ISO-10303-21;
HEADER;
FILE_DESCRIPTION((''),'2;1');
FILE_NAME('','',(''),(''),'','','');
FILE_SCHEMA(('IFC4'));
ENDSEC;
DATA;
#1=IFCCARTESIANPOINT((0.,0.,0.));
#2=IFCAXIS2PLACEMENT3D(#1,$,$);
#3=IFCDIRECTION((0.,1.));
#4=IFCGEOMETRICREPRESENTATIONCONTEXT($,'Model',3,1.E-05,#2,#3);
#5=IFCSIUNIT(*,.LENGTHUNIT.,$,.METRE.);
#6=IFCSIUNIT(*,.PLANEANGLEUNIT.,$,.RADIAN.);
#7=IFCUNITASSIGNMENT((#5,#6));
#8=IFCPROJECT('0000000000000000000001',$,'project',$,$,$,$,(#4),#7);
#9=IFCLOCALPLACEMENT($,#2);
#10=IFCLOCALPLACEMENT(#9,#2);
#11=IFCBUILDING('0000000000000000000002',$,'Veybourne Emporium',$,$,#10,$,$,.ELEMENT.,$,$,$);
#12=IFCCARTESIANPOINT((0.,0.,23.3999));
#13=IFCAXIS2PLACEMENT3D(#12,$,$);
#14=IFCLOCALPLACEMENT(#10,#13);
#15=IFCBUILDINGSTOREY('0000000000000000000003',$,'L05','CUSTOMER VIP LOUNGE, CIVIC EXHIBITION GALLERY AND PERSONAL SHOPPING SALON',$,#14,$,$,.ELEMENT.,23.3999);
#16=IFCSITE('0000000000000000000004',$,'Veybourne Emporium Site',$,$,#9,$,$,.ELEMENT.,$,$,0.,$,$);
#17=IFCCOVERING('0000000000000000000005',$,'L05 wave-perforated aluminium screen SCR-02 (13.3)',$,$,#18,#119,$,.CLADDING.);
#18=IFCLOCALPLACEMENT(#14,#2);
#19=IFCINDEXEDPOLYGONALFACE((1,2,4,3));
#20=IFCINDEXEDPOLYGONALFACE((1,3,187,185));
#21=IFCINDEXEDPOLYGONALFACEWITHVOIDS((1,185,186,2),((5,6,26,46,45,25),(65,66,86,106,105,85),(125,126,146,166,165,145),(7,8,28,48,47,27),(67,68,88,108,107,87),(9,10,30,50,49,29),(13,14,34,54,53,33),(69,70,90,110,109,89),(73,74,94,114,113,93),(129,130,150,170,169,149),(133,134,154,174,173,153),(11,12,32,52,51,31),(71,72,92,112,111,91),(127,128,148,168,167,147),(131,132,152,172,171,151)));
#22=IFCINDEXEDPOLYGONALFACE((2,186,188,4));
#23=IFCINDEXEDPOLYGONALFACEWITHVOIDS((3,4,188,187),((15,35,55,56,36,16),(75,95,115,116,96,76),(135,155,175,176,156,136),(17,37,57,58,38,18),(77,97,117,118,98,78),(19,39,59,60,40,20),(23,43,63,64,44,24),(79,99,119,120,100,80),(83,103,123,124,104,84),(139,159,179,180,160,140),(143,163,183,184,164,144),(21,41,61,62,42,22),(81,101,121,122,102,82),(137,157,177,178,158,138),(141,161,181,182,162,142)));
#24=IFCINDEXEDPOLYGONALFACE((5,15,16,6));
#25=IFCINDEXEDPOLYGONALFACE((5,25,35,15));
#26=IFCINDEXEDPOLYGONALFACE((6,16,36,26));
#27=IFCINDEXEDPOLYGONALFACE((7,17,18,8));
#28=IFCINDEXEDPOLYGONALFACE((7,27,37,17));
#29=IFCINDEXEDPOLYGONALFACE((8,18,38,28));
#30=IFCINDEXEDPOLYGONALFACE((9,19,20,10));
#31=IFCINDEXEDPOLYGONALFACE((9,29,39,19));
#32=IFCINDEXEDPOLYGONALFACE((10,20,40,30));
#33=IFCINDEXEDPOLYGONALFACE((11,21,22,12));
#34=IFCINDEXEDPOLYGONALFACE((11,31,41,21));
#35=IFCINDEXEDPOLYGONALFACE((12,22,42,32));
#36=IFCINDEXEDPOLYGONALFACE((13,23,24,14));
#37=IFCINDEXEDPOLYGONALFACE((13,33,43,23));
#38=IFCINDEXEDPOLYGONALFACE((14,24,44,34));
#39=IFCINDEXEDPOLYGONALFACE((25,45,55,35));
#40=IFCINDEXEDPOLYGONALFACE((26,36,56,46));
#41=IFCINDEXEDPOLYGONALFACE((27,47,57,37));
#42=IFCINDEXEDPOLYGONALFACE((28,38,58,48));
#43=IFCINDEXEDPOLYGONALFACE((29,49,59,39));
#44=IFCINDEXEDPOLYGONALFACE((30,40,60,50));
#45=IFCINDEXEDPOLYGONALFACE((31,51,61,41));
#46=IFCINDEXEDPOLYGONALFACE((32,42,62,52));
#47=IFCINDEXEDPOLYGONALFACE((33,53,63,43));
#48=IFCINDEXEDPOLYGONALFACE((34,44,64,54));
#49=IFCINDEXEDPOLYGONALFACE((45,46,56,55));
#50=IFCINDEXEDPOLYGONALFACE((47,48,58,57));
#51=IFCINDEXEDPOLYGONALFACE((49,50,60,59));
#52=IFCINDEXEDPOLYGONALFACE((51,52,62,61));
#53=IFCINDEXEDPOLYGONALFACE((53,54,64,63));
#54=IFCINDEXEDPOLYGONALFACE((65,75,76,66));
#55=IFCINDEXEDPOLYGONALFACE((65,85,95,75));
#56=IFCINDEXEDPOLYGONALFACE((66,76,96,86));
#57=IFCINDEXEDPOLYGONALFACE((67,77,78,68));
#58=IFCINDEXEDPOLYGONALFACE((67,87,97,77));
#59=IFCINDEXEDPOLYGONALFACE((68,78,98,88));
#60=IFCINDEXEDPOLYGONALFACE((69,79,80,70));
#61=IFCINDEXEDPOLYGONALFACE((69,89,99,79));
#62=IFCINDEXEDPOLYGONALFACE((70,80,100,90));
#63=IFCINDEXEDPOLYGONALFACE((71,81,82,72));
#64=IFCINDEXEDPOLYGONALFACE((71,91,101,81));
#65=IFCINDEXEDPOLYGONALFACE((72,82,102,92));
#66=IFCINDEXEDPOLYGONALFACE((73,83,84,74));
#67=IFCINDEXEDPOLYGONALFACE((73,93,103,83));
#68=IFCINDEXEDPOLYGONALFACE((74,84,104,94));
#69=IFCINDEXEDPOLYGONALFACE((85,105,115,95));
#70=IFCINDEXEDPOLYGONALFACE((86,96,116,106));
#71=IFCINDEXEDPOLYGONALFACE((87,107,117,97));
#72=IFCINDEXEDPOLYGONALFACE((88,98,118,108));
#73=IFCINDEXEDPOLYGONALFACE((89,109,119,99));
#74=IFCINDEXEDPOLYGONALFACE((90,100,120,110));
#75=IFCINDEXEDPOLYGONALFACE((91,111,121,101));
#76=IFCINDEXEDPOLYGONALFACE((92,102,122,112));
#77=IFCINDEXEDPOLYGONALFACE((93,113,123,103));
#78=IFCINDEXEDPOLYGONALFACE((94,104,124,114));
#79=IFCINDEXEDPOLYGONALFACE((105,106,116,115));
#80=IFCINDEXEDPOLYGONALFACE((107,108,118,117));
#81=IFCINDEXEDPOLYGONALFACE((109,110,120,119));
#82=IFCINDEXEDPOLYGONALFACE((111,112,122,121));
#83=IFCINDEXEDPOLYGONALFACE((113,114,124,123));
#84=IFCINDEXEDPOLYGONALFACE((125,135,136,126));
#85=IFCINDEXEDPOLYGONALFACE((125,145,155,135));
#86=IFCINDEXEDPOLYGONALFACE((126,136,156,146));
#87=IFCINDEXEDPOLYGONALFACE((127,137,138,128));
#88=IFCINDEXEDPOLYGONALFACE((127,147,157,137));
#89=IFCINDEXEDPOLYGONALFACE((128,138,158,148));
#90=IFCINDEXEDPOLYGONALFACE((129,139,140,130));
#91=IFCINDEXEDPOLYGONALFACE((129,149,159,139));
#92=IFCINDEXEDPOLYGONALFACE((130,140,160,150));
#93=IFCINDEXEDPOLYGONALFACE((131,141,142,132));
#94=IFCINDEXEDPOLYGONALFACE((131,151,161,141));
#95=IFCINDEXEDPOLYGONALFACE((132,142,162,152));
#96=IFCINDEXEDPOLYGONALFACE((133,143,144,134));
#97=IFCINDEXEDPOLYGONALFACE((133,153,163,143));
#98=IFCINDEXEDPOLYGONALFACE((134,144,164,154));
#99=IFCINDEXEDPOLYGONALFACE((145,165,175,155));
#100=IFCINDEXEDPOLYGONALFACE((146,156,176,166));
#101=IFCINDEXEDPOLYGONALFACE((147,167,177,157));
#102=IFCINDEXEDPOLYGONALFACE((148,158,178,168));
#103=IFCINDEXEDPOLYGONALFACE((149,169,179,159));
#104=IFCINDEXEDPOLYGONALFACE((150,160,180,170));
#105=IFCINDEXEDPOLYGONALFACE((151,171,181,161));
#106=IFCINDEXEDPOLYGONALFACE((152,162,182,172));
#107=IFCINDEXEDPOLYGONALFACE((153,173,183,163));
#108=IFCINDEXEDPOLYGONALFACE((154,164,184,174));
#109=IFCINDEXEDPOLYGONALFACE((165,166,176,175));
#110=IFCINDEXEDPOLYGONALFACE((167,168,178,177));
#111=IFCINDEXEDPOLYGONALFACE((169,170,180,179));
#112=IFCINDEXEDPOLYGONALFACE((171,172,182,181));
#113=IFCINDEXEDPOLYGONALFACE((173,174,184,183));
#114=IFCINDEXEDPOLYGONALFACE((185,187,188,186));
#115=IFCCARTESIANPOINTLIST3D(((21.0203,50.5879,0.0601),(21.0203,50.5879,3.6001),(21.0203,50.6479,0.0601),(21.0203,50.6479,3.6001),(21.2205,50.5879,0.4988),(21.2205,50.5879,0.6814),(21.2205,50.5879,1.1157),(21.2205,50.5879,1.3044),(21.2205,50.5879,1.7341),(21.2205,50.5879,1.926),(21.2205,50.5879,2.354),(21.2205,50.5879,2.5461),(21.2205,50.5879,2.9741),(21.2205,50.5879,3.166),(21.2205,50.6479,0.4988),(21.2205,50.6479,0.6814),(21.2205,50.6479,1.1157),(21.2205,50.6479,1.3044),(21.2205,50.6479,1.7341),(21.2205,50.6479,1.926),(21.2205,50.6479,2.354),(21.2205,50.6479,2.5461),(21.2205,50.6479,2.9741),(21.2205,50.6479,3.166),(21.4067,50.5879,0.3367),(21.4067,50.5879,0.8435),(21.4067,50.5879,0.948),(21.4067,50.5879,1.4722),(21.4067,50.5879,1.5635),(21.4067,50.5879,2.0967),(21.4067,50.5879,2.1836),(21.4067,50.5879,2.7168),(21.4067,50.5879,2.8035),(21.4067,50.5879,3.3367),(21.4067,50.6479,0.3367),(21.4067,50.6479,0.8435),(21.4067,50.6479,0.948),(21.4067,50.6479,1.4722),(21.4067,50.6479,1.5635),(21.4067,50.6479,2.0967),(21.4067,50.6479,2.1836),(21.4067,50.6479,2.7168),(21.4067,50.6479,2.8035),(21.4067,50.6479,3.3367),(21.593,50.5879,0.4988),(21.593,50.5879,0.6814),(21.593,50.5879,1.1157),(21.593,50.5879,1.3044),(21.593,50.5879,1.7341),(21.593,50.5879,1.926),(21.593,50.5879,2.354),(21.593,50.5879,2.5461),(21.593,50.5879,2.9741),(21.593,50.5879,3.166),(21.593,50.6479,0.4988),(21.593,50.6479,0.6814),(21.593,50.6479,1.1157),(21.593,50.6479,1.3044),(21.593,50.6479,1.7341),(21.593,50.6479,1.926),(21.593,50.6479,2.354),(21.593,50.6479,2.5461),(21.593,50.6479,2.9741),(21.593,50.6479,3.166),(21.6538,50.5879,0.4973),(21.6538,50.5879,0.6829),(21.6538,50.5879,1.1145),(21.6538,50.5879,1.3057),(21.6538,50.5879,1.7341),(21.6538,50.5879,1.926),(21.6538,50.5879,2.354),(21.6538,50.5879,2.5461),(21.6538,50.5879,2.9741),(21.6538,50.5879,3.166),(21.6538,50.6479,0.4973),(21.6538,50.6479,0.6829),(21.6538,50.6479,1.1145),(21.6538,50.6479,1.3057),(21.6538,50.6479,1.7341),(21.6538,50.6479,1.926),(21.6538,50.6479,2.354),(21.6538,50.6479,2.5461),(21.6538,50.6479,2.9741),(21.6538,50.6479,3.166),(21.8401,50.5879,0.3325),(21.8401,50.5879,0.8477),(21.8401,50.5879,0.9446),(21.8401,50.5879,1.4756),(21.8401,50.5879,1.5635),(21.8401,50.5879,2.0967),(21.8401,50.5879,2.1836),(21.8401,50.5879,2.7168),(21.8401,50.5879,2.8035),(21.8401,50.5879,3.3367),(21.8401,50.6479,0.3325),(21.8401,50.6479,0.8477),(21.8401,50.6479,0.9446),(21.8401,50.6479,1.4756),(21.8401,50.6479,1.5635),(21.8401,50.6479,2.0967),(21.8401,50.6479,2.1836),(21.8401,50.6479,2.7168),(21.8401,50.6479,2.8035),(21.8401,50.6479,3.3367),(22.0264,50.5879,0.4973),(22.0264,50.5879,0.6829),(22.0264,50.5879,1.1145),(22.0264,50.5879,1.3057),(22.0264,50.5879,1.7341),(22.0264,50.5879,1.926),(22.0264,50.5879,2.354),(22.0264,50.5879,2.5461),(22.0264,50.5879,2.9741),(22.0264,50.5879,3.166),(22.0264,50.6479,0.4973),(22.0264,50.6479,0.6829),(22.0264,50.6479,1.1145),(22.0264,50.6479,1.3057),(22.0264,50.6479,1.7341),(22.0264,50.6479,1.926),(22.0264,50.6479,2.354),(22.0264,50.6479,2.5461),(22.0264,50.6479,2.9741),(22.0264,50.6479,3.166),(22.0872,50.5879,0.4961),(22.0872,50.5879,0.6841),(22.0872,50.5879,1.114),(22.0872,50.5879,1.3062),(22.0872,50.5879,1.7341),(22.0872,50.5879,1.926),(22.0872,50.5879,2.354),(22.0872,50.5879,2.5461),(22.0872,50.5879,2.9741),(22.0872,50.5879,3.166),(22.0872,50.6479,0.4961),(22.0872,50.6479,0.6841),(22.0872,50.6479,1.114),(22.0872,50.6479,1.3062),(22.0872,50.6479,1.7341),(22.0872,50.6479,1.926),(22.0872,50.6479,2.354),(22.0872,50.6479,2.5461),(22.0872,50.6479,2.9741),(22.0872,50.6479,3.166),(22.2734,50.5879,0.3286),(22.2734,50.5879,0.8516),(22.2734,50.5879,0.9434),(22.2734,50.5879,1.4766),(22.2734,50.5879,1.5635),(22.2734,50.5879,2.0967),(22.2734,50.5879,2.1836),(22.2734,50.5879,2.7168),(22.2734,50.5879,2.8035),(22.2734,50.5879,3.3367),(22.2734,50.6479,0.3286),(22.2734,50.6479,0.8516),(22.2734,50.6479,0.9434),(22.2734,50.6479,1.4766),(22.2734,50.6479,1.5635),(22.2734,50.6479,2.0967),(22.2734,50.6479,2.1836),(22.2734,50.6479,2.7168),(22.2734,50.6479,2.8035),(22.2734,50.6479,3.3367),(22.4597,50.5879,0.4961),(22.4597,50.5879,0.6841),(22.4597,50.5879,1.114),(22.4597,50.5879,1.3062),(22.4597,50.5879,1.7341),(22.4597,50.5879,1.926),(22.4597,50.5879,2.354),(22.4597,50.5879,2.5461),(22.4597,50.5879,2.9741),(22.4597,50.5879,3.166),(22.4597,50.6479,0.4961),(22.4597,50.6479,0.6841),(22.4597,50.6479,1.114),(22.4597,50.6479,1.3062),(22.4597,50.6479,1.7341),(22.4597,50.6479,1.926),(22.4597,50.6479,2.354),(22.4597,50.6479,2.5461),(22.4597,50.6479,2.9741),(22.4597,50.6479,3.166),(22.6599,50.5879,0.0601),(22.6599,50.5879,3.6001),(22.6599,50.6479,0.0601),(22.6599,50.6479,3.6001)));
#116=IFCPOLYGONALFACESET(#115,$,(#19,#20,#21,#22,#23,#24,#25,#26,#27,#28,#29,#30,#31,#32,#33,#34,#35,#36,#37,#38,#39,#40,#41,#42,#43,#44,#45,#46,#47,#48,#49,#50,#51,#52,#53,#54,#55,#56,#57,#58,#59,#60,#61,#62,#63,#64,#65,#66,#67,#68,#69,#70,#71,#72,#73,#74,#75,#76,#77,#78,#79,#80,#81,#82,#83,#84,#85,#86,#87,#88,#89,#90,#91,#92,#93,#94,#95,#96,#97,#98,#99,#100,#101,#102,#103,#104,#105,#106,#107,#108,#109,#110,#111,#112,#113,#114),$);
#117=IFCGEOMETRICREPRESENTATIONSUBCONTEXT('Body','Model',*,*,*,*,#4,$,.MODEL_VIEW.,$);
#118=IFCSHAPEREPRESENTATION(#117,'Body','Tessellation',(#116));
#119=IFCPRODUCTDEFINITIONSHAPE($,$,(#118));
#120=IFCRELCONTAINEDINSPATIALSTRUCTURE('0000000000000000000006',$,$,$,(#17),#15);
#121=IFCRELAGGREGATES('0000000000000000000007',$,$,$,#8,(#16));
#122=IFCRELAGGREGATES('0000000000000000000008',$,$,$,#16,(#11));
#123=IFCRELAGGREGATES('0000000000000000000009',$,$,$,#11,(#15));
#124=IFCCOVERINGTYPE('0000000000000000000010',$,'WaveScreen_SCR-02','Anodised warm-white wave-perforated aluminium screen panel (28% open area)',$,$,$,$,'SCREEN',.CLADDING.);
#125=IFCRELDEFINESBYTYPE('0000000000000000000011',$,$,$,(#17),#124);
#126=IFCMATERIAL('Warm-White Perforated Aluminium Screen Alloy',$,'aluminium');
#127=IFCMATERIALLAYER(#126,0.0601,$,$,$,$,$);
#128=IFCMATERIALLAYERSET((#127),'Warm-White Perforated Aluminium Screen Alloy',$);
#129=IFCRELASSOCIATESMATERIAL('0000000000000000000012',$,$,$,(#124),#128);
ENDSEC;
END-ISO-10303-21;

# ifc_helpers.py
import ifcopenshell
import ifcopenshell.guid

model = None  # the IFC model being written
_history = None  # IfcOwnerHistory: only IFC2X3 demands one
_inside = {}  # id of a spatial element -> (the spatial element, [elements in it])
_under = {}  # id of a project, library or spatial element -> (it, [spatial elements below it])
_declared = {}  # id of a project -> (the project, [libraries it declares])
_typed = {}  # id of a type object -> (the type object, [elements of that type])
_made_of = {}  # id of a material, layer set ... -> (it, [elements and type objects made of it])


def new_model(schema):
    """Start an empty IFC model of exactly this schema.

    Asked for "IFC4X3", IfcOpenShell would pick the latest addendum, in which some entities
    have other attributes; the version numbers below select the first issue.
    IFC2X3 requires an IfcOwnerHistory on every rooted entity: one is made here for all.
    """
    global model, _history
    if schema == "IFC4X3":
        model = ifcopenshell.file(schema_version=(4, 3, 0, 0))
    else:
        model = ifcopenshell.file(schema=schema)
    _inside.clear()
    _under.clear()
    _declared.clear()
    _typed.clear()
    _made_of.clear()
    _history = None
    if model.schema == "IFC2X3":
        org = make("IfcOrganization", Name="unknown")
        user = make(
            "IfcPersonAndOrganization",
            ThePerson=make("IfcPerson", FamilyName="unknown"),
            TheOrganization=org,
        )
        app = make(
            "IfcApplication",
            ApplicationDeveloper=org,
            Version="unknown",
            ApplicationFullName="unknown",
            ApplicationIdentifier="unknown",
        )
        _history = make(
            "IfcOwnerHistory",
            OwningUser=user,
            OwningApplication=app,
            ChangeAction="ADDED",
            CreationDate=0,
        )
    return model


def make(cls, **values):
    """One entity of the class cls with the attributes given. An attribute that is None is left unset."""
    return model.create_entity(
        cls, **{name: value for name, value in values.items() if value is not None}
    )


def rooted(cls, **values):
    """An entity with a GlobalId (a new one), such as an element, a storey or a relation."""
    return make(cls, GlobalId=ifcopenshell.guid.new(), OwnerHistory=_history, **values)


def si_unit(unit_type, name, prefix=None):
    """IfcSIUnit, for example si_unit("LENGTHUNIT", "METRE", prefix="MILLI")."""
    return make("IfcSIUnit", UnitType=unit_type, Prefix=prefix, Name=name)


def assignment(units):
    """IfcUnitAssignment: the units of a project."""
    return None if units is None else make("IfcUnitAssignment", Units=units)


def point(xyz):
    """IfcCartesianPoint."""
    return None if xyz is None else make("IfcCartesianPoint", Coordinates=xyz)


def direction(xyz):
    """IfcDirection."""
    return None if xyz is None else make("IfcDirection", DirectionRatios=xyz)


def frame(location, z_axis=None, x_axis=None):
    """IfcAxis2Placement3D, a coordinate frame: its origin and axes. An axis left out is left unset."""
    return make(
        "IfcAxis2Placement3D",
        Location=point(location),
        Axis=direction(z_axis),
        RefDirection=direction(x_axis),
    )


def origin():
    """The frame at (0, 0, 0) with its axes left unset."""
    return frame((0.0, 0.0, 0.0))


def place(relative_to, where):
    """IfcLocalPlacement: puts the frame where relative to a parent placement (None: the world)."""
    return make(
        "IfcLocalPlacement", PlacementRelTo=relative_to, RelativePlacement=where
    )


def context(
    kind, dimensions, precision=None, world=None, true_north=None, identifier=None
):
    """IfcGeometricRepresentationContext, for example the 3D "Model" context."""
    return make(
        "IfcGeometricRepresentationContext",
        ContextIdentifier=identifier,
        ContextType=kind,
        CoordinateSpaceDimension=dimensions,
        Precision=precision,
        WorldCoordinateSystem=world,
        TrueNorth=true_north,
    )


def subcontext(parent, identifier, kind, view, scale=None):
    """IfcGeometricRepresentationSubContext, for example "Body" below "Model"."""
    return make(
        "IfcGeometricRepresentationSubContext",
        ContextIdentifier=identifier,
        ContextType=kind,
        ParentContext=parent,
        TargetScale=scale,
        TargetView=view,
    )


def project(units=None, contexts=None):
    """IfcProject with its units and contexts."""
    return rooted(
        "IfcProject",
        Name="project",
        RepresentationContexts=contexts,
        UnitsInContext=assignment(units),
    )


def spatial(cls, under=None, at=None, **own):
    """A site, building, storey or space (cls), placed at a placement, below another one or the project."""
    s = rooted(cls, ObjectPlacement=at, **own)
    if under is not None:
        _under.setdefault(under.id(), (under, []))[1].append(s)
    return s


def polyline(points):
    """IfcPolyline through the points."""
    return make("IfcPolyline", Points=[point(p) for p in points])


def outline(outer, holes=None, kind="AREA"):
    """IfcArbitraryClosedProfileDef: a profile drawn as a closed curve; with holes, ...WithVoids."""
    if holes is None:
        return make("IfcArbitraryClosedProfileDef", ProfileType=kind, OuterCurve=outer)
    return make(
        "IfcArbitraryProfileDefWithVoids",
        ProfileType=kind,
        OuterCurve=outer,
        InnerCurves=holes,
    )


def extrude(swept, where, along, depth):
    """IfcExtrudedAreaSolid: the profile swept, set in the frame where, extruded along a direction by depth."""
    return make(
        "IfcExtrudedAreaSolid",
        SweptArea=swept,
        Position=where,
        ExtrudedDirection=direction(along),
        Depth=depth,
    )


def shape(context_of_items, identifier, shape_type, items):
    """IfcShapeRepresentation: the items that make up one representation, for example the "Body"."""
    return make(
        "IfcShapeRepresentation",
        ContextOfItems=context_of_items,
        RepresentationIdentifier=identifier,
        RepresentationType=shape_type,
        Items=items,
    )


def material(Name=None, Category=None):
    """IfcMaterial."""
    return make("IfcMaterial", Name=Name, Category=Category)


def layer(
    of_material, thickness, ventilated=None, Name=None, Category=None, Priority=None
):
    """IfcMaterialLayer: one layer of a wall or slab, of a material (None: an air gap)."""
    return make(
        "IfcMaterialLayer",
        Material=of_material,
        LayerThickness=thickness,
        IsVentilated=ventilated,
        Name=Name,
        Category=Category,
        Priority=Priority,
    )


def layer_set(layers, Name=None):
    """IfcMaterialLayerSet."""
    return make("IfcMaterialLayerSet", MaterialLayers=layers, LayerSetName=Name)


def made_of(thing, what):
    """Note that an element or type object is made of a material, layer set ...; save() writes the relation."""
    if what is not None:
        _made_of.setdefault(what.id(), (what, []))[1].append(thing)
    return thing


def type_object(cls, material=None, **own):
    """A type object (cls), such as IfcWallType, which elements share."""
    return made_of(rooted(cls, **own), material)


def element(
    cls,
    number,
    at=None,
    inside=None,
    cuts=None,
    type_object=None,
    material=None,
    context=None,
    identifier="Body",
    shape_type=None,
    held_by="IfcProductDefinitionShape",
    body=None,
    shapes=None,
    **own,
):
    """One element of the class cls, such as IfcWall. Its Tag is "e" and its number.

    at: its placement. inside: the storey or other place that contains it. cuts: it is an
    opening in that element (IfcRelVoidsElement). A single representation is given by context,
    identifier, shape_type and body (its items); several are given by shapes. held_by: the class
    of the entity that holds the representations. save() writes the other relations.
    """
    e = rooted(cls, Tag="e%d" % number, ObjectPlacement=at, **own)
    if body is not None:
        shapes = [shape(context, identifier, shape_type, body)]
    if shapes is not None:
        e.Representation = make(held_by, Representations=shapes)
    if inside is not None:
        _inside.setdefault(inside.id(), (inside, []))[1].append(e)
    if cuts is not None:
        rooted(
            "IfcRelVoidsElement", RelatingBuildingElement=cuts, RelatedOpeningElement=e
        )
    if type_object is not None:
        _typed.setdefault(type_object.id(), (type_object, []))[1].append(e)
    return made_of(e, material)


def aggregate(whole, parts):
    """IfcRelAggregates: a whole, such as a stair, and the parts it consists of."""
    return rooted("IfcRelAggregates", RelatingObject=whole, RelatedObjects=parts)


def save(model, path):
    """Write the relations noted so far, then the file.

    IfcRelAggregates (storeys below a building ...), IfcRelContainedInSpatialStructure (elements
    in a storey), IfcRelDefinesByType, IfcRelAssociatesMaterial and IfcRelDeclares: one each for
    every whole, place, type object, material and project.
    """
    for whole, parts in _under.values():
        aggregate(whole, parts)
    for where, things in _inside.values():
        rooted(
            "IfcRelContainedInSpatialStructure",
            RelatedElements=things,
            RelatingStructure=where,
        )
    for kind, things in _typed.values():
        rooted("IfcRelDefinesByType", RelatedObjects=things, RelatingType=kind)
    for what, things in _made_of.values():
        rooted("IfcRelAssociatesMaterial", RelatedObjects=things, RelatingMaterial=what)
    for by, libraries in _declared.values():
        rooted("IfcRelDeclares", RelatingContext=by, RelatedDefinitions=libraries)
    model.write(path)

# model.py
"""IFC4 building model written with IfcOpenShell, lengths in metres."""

from ifc_helpers import new_model, si_unit, direction, frame, origin, place, context, subcontext, project, spatial, polyline, outline, extrude, material, layer, layer_set, type_object, element, save


model = new_model("IFC4")

# Units and contexts
model_context = context("Model", 3, precision=1e-05, world=origin(), true_north=direction((0.0, 1.0)))
body_context = subcontext(model_context, "Body", "Model", "MODEL_VIEW")
ifc_project = project(units=[si_unit("LENGTHUNIT", "METRE"), si_unit("PLANEANGLEUNIT", "RADIAN")], contexts=[model_context])

# Site, building, storey
site_placement = place(None, origin())
site = spatial("IfcSite", under=ifc_project, at=site_placement, Name="Veybourne Emporium Site", CompositionType="ELEMENT", RefElevation=0.0)
building_placement = place(site_placement, origin())
building = spatial("IfcBuilding", under=site, at=building_placement, Name="Veybourne Emporium", CompositionType="ELEMENT")
storey_placement = place(building_placement, frame((0.0, 0.0, 23.3999)))
storey = spatial("IfcBuildingStorey", under=building, at=storey_placement, Name="L05", Description="CUSTOMER VIP LOUNGE, CIVIC EXHIBITION GALLERY AND PERSONAL SHOPPING SALON", CompositionType="ELEMENT", Elevation=23.3999)

# Covering
ifc_material_1 = material(Name="Warm-White Perforated Aluminium Screen Alloy", Category="aluminium")
ifc_layer_1 = layer(ifc_material_1, 0.0601)
ifc_layer_set_1 = layer_set([ifc_layer_1], Name="Warm-White Perforated Aluminium Screen Alloy")
covering_type_1 = type_object("IfcCoveringType", Name="WaveScreen_SCR-02", Description="Anodised warm-white wave-perforated aluminium screen panel (28% open area)", ElementType="SCREEN", PredefinedType="CLADDING", material=ifc_layer_set_1)
covering_1_placement = place(storey_placement, frame((21.8401, 50.6479, 1.8301), z_axis=(0.0, -1.0, 0.0), x_axis=(1.0, 0.0, 0.0)))
element("IfcCovering", 1, at=covering_1_placement, inside=storey, type_object=covering_type_1, Name="L05 wave-perforated aluminium screen SCR-02 (13.3)", PredefinedType="CLADDING", context=body_context, shape_type="SweptSolid", body=[
    extrude(outline(polyline([(-0.8198, -1.77), (0.8198, -1.77), (0.8198, 1.77), (-0.8198, 1.77), (-0.8198, -1.77)]), holes=[polyline([(-0.4333, -0.9866), (-0.2471, -1.1487), (-0.2471, -1.3313), (-0.4333, -1.4934), (-0.6196, -1.3313), (-0.6196, -1.1487), (-0.4333, -0.9866)]), polyline([(-0.4333, -0.3579), (-0.2471, -0.5256), (-0.2471, -0.7144), (-0.4333, -0.8821), (-0.6196, -0.7144), (-0.6196, -0.5256), (-0.4333, -0.3579)]), polyline([(-0.4333, 0.2666), (-0.2471, 0.0959), (-0.2471, -0.0959), (-0.4333, -0.2666), (-0.6196, -0.0959), (-0.6196, 0.0959), (-0.4333, 0.2666)]), polyline([(-0.4333, 0.8867), (-0.2471, 0.7161), (-0.2471, 0.5239), (-0.4333, 0.3535), (-0.6196, 0.5239), (-0.6196, 0.7161), (-0.4333, 0.8867)]), polyline([(-0.4333, 1.5066), (-0.2471, 1.3359), (-0.2471, 1.144), (-0.4333, 0.9734), (-0.6196, 1.144), (-0.6196, 1.3359), (-0.4333, 1.5066)]), polyline([(0.0, -0.9824), (0.1863, -1.1472), (0.1863, -1.3328), (0.0, -1.4976), (-0.1863, -1.3328), (-0.1863, -1.1472), (0.0, -0.9824)]), polyline([(0.0, -0.3545), (0.1863, -0.5244), (0.1863, -0.7156), (0.0, -0.8855), (-0.1863, -0.7156), (-0.1863, -0.5244), (0.0, -0.3545)]), polyline([(0.0, 0.2666), (0.1863, 0.0959), (0.1863, -0.0959), (0.0, -0.2666), (-0.1863, -0.0959), (-0.1863, 0.0959), (0.0, 0.2666)]), polyline([(0.0, 0.8867), (0.1863, 0.7161), (0.1863, 0.5239), (0.0, 0.3535), (-0.1863, 0.5239), (-0.1863, 0.7161), (0.0, 0.8867)]), polyline([(0.0, 1.5066), (0.1863, 1.3359), (0.1863, 1.144), (0.0, 0.9734), (-0.1863, 1.144), (-0.1863, 1.3359), (0.0, 1.5066)]), polyline([(0.4333, -0.9785), (0.6196, -1.146), (0.6196, -1.334), (0.4333, -1.5015), (0.2471, -1.334), (0.2471, -1.146), (0.4333, -0.9785)]), polyline([(0.4333, -0.3535), (0.6196, -0.5239), (0.6196, -0.7161), (0.4333, -0.8867), (0.2471, -0.7161), (0.2471, -0.5239), (0.4333, -0.3535)]), polyline([(0.4333, 0.2666), (0.6196, 0.0959), (0.6196, -0.0959), (0.4333, -0.2666), (0.2471, -0.0959), (0.2471, 0.0959), (0.4333, 0.2666)]), polyline([(0.4333, 0.8867), (0.6196, 0.7161), (0.6196, 0.5239), (0.4333, 0.3535), (0.2471, 0.5239), (0.2471, 0.7161), (0.4333, 0.8867)]), polyline([(0.4333, 1.5066), (0.6196, 1.3359), (0.6196, 1.144), (0.4333, 0.9734), (0.2471, 1.144), (0.2471, 1.3359), (0.4333, 1.5066)])]), origin(), (0.0, 0.0, 1.0), 0.0601),
])

save(model, "model.ifc")
